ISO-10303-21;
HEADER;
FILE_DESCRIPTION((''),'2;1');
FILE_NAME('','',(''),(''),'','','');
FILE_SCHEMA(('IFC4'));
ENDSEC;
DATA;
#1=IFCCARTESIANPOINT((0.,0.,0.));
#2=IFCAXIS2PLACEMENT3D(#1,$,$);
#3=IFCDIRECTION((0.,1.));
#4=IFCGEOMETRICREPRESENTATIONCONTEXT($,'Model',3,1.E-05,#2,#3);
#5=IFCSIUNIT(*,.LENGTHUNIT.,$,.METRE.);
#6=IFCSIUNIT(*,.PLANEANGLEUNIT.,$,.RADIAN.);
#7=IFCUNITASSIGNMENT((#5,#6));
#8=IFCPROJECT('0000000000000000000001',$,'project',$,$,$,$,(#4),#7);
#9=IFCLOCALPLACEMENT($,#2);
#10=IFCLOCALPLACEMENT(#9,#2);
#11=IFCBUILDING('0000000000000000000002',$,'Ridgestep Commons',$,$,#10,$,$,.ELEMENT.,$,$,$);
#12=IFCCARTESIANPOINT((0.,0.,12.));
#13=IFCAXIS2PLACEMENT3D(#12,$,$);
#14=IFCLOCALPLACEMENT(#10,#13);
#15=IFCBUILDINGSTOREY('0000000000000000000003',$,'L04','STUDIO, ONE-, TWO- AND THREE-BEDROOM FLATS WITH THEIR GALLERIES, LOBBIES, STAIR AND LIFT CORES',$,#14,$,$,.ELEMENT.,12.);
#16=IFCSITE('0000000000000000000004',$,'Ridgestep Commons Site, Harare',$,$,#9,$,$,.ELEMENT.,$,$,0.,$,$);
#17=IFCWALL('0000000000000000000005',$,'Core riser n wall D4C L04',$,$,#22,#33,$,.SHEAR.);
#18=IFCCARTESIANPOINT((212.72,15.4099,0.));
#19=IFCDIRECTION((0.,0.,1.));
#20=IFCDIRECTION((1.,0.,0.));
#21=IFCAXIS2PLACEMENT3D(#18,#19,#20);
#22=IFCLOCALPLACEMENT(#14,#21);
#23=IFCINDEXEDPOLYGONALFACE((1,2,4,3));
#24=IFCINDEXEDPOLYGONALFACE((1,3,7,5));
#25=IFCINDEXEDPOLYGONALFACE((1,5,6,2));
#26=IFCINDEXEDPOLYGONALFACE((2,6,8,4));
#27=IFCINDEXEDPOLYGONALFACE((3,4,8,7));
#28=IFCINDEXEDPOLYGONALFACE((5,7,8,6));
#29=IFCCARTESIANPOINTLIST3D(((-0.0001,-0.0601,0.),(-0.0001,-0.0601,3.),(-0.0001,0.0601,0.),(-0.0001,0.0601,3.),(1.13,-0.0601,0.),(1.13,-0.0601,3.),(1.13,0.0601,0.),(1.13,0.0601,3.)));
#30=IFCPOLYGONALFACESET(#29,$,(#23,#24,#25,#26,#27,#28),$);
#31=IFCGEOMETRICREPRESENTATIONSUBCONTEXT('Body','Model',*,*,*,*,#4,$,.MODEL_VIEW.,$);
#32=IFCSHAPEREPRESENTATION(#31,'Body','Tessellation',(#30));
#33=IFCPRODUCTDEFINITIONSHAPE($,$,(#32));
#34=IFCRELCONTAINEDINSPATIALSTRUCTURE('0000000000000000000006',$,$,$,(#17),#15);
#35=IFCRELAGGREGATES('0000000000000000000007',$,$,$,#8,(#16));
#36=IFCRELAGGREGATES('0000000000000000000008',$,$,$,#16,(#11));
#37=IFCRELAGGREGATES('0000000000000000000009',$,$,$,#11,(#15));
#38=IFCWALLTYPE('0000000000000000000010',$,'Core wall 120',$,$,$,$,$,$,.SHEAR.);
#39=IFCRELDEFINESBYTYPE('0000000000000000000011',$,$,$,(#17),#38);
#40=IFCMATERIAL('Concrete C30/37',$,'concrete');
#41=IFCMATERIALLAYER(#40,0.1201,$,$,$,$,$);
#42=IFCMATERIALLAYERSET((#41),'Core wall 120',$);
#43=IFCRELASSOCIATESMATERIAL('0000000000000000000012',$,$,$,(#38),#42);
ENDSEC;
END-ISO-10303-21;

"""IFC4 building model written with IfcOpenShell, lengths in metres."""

from ifc_helpers import new_model, si_unit, direction, frame, frame_2d, origin, place, context, subcontext, project, spatial, rectangle, extrude, material, layer, layer_set, type_object, element, save


model = new_model("IFC4")

# Units and contexts
model_context = context("Model", 3, precision=1e-05, world=origin(), true_north=direction((0.0, 1.0)))
body_context = subcontext(model_context, "Body", "Model", "MODEL_VIEW")
ifc_project = project(units=[si_unit("LENGTHUNIT", "METRE"), si_unit("PLANEANGLEUNIT", "RADIAN")], contexts=[model_context])

# Site, building, storey
site_placement = place(None, origin())
site = spatial("IfcSite", under=ifc_project, at=site_placement, Name="Ridgestep Commons Site, Harare", CompositionType="ELEMENT", RefElevation=0.0)
building_placement = place(site_placement, origin())
building = spatial("IfcBuilding", under=site, at=building_placement, Name="Ridgestep Commons", CompositionType="ELEMENT")
storey_placement = place(building_placement, frame((0.0, 0.0, 12.0)))
storey = spatial("IfcBuildingStorey", under=building, at=storey_placement, Name="L04", Description="STUDIO, ONE-, TWO- AND THREE-BEDROOM FLATS WITH THEIR GALLERIES, LOBBIES, STAIR AND LIFT CORES", CompositionType="ELEMENT", Elevation=12.0)

# Shared definitions
ifc_material_1 = material(Name="Concrete C30/37", Category="concrete")
ifc_layer_1 = layer(ifc_material_1, 0.1201)
ifc_layer_set_1 = layer_set([ifc_layer_1], Name="Core wall 120")
wall_type_1 = type_object("IfcWallType", Name="Core wall 120", PredefinedType="SHEAR", material=ifc_layer_set_1)

# Wall
wall_1_placement = place(storey_placement, frame((212.72, 15.4099, 0.0), z_axis=(0.0, 0.0, 1.0), x_axis=(1.0, 0.0, 0.0)))
element("IfcWall", 1, at=wall_1_placement, inside=storey, type_object=wall_type_1, Name="Core riser n wall D4C L04", PredefinedType="SHEAR", context=body_context, shape_type="SweptSolid", body=[
    extrude(rectangle(XDim=1.1301, YDim=0.1201, at=frame_2d((0.5649, 0.0))), origin(), (0.0, 0.0, 1.0), 3.0),
])

save(model, "model.ifc")
